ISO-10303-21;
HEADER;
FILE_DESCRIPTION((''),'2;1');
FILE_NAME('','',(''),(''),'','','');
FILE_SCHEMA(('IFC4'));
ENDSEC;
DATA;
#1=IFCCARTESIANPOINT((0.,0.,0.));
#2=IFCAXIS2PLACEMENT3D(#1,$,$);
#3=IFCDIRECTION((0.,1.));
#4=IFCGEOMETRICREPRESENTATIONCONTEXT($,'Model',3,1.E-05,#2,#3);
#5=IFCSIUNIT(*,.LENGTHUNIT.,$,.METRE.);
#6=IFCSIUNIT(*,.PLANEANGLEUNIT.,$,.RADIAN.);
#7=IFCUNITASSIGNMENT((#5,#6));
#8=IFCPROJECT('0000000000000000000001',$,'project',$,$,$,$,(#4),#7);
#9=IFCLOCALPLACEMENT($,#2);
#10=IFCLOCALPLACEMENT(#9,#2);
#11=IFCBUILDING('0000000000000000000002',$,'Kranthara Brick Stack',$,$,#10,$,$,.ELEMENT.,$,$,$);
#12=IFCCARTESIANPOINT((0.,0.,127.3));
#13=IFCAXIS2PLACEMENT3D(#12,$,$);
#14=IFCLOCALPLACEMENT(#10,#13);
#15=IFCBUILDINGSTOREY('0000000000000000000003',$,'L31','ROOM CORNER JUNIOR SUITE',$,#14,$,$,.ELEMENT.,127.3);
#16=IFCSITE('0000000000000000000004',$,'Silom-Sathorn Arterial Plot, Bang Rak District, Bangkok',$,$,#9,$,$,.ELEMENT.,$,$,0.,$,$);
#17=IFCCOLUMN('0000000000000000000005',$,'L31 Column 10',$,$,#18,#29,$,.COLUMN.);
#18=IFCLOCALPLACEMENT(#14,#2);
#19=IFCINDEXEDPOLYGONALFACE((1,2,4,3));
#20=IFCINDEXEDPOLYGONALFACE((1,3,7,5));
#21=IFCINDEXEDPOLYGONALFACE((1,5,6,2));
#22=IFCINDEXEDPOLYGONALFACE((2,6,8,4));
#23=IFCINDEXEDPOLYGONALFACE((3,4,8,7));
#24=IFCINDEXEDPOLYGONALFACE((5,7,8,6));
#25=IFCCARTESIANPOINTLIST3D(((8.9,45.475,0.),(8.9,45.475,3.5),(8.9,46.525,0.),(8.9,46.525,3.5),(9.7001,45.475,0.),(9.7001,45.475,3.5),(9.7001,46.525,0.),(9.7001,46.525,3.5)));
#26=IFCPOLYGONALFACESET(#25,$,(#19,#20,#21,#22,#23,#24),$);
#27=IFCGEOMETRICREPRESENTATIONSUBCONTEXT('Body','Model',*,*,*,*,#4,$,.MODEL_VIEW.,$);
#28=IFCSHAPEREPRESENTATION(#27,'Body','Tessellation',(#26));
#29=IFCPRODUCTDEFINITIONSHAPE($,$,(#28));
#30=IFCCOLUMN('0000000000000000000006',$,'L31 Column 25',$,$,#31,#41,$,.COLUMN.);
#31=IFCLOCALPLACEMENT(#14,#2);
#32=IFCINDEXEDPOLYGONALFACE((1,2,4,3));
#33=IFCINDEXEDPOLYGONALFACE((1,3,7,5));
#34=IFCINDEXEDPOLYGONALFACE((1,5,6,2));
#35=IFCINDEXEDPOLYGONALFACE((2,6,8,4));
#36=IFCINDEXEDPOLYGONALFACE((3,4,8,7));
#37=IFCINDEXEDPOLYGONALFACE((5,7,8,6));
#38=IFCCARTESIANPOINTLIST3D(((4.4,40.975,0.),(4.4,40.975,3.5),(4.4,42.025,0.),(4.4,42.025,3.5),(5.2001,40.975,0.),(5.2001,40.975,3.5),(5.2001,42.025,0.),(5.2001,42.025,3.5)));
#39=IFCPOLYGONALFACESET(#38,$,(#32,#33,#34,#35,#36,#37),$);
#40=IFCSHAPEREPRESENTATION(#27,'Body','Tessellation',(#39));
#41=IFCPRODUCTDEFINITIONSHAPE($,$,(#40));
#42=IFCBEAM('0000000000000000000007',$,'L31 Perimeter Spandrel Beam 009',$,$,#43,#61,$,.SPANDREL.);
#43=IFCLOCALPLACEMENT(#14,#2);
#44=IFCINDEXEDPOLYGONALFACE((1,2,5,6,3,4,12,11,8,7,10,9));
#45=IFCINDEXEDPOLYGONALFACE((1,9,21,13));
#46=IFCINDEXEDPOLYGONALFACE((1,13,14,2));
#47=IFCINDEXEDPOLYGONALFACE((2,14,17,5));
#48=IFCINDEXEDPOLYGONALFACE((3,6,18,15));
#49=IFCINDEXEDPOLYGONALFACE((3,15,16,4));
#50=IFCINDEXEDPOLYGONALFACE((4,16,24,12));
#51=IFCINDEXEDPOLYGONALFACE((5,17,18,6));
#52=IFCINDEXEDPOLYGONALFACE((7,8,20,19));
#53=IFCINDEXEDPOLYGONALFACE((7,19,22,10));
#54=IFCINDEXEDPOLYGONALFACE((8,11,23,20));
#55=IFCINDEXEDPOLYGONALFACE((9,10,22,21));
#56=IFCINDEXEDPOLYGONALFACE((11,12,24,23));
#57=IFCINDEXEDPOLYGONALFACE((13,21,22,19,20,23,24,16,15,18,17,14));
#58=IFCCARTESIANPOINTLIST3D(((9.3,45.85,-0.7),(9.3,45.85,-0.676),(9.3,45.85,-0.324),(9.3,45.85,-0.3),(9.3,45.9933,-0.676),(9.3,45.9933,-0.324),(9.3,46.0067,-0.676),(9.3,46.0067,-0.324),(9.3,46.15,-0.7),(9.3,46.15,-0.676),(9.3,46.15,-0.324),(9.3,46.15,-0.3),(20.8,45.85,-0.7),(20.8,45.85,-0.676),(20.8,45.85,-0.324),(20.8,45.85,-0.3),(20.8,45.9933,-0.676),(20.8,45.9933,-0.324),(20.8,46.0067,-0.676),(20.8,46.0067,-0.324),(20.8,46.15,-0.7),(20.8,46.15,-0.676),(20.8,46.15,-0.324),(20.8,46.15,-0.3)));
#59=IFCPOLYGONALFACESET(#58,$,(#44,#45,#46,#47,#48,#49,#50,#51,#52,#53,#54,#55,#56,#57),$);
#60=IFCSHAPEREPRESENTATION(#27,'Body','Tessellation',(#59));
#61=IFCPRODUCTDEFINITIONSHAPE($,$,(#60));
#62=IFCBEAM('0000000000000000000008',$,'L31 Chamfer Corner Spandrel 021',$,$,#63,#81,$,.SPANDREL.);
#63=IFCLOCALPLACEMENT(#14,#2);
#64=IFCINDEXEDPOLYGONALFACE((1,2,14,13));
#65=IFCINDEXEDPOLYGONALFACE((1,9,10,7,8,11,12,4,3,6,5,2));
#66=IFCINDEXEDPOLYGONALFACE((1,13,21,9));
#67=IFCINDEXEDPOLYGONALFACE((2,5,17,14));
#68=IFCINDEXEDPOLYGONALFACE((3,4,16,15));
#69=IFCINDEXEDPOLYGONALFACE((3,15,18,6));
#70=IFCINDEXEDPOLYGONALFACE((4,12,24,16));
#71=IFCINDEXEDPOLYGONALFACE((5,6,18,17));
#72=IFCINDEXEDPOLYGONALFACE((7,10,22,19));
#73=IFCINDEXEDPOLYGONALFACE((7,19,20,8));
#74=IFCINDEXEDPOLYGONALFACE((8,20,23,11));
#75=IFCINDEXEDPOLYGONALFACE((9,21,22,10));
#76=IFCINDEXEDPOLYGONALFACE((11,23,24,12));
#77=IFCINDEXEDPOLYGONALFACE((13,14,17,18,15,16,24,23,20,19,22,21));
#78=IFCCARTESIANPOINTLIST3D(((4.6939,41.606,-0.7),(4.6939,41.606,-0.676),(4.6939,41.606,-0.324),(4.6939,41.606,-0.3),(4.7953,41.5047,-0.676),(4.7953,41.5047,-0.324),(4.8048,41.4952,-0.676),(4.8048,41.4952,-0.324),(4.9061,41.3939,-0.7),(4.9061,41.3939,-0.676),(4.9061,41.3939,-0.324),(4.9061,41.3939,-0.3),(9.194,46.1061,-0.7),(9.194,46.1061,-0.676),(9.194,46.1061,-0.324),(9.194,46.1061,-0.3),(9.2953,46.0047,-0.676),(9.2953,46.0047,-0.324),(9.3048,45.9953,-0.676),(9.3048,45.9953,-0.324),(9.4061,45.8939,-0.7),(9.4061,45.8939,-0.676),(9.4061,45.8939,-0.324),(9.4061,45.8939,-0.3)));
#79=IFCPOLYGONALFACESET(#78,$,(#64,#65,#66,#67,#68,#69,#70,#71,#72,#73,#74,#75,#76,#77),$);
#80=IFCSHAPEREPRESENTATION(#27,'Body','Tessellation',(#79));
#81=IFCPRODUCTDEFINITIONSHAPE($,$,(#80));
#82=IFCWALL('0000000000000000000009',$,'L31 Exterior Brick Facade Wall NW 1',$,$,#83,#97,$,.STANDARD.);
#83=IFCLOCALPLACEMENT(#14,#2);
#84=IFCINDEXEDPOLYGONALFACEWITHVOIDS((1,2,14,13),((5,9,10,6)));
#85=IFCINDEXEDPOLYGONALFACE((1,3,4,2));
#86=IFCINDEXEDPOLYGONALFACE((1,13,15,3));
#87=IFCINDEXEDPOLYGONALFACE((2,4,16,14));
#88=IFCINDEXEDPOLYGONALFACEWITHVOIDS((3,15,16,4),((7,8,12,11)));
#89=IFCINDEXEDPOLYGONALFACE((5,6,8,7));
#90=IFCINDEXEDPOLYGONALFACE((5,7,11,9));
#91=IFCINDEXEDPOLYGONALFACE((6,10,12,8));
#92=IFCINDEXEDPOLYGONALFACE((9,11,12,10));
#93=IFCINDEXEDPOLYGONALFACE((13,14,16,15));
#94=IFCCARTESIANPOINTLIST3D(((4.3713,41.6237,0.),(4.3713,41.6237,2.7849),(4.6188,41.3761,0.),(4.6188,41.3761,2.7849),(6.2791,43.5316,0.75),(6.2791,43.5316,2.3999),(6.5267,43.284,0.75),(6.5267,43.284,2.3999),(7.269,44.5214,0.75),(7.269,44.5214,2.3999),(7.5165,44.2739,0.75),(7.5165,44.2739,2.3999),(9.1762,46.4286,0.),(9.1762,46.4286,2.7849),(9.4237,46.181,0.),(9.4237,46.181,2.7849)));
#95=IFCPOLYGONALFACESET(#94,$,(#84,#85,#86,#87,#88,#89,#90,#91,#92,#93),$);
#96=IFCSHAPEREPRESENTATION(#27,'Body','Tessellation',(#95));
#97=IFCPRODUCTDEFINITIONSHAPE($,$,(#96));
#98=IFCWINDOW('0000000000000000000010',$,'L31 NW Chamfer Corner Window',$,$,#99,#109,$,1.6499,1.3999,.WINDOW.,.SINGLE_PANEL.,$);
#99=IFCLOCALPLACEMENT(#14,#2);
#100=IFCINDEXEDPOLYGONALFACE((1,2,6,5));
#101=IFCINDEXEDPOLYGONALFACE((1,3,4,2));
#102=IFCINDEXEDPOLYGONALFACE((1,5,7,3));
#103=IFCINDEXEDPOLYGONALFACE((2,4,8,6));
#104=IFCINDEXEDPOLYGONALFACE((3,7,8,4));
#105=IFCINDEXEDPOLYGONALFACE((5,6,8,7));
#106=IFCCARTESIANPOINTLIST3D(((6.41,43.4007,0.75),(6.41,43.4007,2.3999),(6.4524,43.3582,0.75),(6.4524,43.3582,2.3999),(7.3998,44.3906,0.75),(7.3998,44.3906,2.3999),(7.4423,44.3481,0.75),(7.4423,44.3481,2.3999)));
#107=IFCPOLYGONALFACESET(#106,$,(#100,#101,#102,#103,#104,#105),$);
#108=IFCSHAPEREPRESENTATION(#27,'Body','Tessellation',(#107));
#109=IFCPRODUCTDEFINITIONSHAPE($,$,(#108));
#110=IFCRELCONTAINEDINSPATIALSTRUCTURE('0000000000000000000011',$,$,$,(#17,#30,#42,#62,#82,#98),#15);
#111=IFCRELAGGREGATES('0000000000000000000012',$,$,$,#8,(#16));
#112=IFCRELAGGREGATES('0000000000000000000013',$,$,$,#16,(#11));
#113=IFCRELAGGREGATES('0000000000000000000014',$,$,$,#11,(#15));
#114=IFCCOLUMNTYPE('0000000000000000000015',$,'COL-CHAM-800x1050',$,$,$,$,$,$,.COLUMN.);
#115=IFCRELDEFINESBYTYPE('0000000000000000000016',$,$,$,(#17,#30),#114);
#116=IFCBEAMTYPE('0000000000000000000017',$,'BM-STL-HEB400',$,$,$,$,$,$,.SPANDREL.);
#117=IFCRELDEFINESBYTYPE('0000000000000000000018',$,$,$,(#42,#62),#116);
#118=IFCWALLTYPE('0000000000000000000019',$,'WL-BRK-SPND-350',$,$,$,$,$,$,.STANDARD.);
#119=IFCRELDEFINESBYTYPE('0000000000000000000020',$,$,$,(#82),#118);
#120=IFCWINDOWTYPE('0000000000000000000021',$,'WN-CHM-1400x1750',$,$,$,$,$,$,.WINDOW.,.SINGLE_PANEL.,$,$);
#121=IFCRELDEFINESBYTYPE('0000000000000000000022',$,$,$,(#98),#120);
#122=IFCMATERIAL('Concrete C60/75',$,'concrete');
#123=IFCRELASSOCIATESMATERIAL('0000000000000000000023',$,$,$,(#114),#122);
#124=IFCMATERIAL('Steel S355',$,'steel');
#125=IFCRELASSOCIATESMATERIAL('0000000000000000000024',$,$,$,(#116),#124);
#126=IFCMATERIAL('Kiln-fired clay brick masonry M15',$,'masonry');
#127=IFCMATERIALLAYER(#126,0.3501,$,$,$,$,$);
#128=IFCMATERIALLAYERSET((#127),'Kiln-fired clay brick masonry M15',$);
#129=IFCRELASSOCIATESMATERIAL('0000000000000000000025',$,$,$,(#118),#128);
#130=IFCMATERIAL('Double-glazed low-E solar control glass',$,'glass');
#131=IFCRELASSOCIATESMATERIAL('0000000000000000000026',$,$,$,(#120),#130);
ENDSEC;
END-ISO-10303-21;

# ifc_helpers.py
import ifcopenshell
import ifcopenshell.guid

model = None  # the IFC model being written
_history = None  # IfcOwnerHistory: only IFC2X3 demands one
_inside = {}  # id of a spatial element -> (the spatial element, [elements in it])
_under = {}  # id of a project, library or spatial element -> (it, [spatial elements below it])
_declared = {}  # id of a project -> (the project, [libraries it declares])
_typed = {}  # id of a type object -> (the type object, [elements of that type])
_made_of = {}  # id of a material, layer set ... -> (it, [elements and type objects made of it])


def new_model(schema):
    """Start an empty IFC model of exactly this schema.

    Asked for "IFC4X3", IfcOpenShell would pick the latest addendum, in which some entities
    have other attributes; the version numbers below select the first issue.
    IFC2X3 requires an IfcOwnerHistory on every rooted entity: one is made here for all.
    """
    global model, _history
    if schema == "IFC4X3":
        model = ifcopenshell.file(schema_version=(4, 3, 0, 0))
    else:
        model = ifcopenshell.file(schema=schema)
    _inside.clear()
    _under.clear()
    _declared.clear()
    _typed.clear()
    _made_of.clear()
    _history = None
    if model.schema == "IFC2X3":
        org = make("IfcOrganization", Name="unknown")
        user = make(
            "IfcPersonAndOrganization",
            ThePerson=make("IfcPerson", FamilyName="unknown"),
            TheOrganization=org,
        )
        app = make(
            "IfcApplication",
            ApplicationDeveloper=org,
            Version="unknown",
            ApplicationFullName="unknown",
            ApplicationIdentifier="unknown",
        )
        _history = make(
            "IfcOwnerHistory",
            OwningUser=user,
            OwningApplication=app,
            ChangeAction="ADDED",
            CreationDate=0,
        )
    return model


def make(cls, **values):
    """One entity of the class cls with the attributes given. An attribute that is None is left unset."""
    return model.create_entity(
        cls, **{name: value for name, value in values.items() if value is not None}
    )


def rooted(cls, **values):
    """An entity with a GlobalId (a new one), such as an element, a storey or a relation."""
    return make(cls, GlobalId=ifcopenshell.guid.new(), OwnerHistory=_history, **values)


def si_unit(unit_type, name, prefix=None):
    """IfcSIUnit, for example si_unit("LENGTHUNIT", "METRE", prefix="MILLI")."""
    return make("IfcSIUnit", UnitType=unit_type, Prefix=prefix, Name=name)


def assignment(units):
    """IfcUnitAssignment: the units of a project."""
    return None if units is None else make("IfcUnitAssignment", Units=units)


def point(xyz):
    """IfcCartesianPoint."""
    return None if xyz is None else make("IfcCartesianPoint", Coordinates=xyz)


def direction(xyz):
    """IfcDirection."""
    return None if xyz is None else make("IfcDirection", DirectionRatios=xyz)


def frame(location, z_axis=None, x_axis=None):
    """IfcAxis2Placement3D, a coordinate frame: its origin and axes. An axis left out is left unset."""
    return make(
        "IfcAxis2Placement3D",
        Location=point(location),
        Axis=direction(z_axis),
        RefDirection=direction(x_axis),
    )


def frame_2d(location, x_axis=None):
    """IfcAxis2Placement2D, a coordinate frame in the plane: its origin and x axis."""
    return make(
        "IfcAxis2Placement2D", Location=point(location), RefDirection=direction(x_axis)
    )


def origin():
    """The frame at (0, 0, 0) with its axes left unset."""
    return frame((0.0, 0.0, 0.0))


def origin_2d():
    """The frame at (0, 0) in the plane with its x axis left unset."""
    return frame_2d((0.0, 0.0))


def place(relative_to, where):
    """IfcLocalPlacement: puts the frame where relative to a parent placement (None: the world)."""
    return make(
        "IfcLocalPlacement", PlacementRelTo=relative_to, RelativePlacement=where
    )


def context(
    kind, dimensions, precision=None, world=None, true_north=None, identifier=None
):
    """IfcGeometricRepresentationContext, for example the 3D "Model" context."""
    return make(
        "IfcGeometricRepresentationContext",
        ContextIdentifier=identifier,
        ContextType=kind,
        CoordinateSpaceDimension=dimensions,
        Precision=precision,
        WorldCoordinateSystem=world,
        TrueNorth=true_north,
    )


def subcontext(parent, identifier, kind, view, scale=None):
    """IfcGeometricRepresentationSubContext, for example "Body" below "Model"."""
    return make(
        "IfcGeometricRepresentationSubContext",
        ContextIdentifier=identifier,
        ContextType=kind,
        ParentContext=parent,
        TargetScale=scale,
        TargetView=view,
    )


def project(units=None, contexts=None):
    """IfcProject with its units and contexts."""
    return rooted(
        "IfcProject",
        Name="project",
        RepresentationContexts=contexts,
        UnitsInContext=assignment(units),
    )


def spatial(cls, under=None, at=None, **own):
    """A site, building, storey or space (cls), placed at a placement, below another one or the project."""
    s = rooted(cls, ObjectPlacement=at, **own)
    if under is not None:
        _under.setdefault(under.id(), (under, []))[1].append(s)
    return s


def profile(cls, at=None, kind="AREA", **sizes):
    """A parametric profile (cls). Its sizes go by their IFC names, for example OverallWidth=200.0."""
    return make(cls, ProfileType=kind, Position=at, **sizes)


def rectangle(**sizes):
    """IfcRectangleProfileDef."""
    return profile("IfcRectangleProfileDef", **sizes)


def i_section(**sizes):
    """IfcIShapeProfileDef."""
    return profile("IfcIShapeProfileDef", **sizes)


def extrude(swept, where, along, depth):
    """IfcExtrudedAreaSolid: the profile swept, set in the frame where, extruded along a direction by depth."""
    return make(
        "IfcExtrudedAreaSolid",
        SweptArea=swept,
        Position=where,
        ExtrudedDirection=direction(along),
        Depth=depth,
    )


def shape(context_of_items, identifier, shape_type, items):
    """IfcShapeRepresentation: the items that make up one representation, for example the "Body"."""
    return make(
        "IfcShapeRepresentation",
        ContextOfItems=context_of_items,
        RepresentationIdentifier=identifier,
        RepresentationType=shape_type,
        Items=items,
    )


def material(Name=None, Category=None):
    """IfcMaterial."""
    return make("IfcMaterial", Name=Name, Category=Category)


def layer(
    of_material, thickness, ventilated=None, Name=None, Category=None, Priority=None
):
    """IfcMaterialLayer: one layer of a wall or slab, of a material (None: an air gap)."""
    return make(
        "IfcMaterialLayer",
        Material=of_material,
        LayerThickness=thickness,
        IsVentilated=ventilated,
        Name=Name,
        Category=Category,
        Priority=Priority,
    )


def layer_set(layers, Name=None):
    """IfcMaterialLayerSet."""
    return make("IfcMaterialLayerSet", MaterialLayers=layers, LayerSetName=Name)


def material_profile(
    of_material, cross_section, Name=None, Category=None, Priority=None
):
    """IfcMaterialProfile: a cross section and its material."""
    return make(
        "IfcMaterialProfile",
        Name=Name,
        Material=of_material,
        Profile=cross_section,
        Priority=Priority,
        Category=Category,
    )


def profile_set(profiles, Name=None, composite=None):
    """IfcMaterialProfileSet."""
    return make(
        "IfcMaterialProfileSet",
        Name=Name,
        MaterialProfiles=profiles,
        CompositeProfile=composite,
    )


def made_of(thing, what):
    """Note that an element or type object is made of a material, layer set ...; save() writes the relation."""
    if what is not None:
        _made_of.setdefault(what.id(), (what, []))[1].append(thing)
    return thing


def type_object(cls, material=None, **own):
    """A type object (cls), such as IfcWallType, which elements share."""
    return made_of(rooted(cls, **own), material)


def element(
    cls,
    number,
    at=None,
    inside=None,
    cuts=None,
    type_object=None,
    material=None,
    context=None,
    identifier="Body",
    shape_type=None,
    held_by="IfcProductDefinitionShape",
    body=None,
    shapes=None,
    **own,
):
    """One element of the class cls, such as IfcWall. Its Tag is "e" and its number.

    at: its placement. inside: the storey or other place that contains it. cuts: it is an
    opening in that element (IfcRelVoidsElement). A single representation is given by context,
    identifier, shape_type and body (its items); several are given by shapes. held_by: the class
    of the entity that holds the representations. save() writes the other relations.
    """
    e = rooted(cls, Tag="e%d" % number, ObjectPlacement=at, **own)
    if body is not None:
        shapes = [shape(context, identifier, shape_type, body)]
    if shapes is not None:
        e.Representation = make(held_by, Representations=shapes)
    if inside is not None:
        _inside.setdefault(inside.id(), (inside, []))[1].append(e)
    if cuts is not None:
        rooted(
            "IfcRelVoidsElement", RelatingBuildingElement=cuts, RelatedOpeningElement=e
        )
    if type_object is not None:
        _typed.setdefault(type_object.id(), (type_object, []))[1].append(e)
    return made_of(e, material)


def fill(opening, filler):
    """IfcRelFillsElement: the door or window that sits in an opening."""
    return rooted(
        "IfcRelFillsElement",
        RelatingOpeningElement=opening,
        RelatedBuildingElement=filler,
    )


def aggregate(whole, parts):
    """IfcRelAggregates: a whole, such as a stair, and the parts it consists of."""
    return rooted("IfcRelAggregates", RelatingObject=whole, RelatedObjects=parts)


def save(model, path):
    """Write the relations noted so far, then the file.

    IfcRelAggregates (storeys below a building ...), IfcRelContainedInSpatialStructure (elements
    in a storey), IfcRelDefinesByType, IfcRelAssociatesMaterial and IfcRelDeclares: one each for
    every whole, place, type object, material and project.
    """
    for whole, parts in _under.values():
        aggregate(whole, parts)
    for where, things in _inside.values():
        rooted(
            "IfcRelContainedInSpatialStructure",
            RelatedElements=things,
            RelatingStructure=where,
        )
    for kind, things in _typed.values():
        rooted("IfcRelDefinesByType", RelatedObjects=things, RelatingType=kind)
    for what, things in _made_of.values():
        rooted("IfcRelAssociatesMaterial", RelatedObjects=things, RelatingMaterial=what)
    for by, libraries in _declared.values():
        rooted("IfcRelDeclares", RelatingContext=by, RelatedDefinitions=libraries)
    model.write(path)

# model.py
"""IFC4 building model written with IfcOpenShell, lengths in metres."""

from ifc_helpers import new_model, si_unit, direction, frame, frame_2d, origin, origin_2d, place, context, subcontext, project, spatial, rectangle, i_section, extrude, material, layer, layer_set, material_profile, profile_set, type_object, element, fill, save


model = new_model("IFC4")

# Units and contexts
model_context = context("Model", 3, precision=1e-05, world=origin(), true_north=direction((0.0, 1.0)))
body_context = subcontext(model_context, "Body", "Model", "MODEL_VIEW")
ifc_project = project(units=[si_unit("LENGTHUNIT", "METRE"), si_unit("PLANEANGLEUNIT", "RADIAN")], contexts=[model_context])

# Site, building, storey
site_placement = place(None, origin())
site = spatial("IfcSite", under=ifc_project, at=site_placement, Name="Silom-Sathorn Arterial Plot, Bang Rak District, Bangkok", CompositionType="ELEMENT", RefElevation=0.0)
building_placement = place(site_placement, origin())
building = spatial("IfcBuilding", under=site, at=building_placement, Name="Kranthara Brick Stack", CompositionType="ELEMENT")
storey_placement = place(building_placement, frame((0.0, 0.0, 127.3)))
storey = spatial("IfcBuildingStorey", under=building, at=storey_placement, Name="L31", Description="ROOM CORNER JUNIOR SUITE", CompositionType="ELEMENT", Elevation=127.3)

# Columns
ifc_material_1 = material(Name="Concrete C60/75", Category="concrete")
ifc_material_profile_1 = material_profile(ifc_material_1, rectangle(XDim=0.8, YDim=1.05, at=origin_2d()), Name="RC 800x1050")
ifc_profile_set_1 = profile_set([ifc_material_profile_1], Name="Concrete C60/75")
column_type = type_object("IfcColumnType", Name="COL-CHAM-800x1050", PredefinedType="COLUMN", material=ifc_profile_set_1)
for number, where, z_axis, x_axis, name in (
    (1, (9.3, 46.0, 0.0), (0.0, 0.0, 1.0), (1.0, 0.0, 0.0), "L31 Column 10"),
    (2, (4.8, 41.5, 0.0), (0.0, 0.0, 1.0), (1.0, 0.0, 0.0), "L31 Column 25"),
):
    element("IfcColumn", number, at=place(storey_placement, frame(where, z_axis=z_axis, x_axis=x_axis)), inside=storey, type_object=column_type, Name=name, PredefinedType="COLUMN", context=body_context, shape_type="SweptSolid", body=[
        extrude(rectangle(XDim=0.8, YDim=1.05, at=origin_2d()), origin(), (0.0, 0.0, 1.0), 3.5),
    ])

# Beams
ifc_material_2 = material(Name="Steel S355", Category="steel")
ifc_material_profile_2 = material_profile(ifc_material_2, i_section(OverallWidth=0.3, OverallDepth=0.3999, WebThickness=0.0134, FlangeThickness=0.0239, at=origin_2d()), Name="HEB 400")
ifc_profile_set_2 = profile_set([ifc_material_profile_2], Name="Steel S355")
beam_type = type_object("IfcBeamType", Name="BM-STL-HEB400", PredefinedType="SPANDREL", material=ifc_profile_set_2)
beam_1_placement = place(storey_placement, frame((9.3, 46.0, -0.5), z_axis=(1.0, 0.0, 0.0), x_axis=(0.0, 1.0, 0.0)))
element("IfcBeam", 3, at=beam_1_placement, inside=storey, type_object=beam_type, Name="L31 Perimeter Spandrel Beam 009", PredefinedType="SPANDREL", context=body_context, shape_type="SweptSolid", body=[
    extrude(i_section(OverallWidth=0.3, OverallDepth=0.3999, WebThickness=0.0134, FlangeThickness=0.0239, at=origin_2d()), origin(), (0.0, 0.0, 1.0), 11.5),
])
beam_2_placement = place(storey_placement, frame((9.3, 46.0, -0.5), z_axis=(-0.707107, -0.707107, 0.0), x_axis=(0.707107, -0.707107, 0.0)))
element("IfcBeam", 4, at=beam_2_placement, inside=storey, type_object=beam_type, Name="L31 Chamfer Corner Spandrel 021", PredefinedType="SPANDREL", context=body_context, shape_type="SweptSolid", body=[
    extrude(i_section(OverallWidth=0.3, OverallDepth=0.3999, WebThickness=0.0134, FlangeThickness=0.0239, at=origin_2d()), origin(), (0.0, 0.0, 1.0), 6.364),
])

# Wall, opening, window
ifc_material_3 = material(Name="Kiln-fired clay brick masonry M15", Category="masonry")
ifc_layer_1 = layer(ifc_material_3, 0.3501)
ifc_layer_set_1 = layer_set([ifc_layer_1], Name="Kiln-fired clay brick masonry M15")
wall_type_1 = type_object("IfcWallType", Name="WL-BRK-SPND-350", PredefinedType="STANDARD", material=ifc_layer_set_1)
wall_1_placement = place(storey_placement, frame((4.4951, 41.5, 0.0), z_axis=(0.0, 0.0, 1.0), x_axis=(0.707107, 0.707107, 0.0)))
wall_1 = element("IfcWall", 5, at=wall_1_placement, inside=storey, type_object=wall_type_1, Name="L31 Exterior Brick Facade Wall NW 1", PredefinedType="STANDARD", context=body_context, shape_type="SweptSolid", body=[
    extrude(rectangle(XDim=6.7952, YDim=0.3501, at=frame_2d((3.3975, 0.0))), origin(), (0.0, 0.0, 1.0), 2.7849),
])
opening_1_placement = place(wall_1_placement, frame((2.698, 0.0, 0.75)))
opening_1 = element("IfcOpeningElement", 6, at=opening_1_placement, cuts=wall_1, PredefinedType="OPENING", context=body_context, shape_type="SweptSolid", body=[
    extrude(rectangle(XDim=1.3999, YDim=1.6499, at=frame_2d((0.7, 0.825))), frame((0.0, 0.1851, 0.0), z_axis=(0.0, -1.0, 0.0), x_axis=(1.0, 0.0, 0.0)), (0.0, 0.0, 1.0), 0.3701),
])
ifc_material_4 = material(Name="Double-glazed low-E solar control glass", Category="glass")
window_type_1 = type_object("IfcWindowType", Name="WN-CHM-1400x1750", PartitioningType="SINGLE_PANEL", PredefinedType="WINDOW", material=ifc_material_4)
window_1_placement = place(opening_1_placement, origin())
window_1 = element("IfcWindow", 7, at=window_1_placement, inside=storey, type_object=window_type_1, Name="L31 NW Chamfer Corner Window", OverallHeight=1.6499, OverallWidth=1.3999, PartitioningType="SINGLE_PANEL", PredefinedType="WINDOW", context=body_context, shape_type="SweptSolid", body=[
    extrude(rectangle(XDim=1.3999, YDim=1.6499, at=frame_2d((0.7, 0.825))), frame((0.0, -0.01, 0.0), z_axis=(0.0, -1.0, 0.0), x_axis=(1.0, 0.0, 0.0)), (0.0, 0.0, 1.0), 0.0601),
])
fill(opening_1, window_1)

save(model, "model.ifc")
